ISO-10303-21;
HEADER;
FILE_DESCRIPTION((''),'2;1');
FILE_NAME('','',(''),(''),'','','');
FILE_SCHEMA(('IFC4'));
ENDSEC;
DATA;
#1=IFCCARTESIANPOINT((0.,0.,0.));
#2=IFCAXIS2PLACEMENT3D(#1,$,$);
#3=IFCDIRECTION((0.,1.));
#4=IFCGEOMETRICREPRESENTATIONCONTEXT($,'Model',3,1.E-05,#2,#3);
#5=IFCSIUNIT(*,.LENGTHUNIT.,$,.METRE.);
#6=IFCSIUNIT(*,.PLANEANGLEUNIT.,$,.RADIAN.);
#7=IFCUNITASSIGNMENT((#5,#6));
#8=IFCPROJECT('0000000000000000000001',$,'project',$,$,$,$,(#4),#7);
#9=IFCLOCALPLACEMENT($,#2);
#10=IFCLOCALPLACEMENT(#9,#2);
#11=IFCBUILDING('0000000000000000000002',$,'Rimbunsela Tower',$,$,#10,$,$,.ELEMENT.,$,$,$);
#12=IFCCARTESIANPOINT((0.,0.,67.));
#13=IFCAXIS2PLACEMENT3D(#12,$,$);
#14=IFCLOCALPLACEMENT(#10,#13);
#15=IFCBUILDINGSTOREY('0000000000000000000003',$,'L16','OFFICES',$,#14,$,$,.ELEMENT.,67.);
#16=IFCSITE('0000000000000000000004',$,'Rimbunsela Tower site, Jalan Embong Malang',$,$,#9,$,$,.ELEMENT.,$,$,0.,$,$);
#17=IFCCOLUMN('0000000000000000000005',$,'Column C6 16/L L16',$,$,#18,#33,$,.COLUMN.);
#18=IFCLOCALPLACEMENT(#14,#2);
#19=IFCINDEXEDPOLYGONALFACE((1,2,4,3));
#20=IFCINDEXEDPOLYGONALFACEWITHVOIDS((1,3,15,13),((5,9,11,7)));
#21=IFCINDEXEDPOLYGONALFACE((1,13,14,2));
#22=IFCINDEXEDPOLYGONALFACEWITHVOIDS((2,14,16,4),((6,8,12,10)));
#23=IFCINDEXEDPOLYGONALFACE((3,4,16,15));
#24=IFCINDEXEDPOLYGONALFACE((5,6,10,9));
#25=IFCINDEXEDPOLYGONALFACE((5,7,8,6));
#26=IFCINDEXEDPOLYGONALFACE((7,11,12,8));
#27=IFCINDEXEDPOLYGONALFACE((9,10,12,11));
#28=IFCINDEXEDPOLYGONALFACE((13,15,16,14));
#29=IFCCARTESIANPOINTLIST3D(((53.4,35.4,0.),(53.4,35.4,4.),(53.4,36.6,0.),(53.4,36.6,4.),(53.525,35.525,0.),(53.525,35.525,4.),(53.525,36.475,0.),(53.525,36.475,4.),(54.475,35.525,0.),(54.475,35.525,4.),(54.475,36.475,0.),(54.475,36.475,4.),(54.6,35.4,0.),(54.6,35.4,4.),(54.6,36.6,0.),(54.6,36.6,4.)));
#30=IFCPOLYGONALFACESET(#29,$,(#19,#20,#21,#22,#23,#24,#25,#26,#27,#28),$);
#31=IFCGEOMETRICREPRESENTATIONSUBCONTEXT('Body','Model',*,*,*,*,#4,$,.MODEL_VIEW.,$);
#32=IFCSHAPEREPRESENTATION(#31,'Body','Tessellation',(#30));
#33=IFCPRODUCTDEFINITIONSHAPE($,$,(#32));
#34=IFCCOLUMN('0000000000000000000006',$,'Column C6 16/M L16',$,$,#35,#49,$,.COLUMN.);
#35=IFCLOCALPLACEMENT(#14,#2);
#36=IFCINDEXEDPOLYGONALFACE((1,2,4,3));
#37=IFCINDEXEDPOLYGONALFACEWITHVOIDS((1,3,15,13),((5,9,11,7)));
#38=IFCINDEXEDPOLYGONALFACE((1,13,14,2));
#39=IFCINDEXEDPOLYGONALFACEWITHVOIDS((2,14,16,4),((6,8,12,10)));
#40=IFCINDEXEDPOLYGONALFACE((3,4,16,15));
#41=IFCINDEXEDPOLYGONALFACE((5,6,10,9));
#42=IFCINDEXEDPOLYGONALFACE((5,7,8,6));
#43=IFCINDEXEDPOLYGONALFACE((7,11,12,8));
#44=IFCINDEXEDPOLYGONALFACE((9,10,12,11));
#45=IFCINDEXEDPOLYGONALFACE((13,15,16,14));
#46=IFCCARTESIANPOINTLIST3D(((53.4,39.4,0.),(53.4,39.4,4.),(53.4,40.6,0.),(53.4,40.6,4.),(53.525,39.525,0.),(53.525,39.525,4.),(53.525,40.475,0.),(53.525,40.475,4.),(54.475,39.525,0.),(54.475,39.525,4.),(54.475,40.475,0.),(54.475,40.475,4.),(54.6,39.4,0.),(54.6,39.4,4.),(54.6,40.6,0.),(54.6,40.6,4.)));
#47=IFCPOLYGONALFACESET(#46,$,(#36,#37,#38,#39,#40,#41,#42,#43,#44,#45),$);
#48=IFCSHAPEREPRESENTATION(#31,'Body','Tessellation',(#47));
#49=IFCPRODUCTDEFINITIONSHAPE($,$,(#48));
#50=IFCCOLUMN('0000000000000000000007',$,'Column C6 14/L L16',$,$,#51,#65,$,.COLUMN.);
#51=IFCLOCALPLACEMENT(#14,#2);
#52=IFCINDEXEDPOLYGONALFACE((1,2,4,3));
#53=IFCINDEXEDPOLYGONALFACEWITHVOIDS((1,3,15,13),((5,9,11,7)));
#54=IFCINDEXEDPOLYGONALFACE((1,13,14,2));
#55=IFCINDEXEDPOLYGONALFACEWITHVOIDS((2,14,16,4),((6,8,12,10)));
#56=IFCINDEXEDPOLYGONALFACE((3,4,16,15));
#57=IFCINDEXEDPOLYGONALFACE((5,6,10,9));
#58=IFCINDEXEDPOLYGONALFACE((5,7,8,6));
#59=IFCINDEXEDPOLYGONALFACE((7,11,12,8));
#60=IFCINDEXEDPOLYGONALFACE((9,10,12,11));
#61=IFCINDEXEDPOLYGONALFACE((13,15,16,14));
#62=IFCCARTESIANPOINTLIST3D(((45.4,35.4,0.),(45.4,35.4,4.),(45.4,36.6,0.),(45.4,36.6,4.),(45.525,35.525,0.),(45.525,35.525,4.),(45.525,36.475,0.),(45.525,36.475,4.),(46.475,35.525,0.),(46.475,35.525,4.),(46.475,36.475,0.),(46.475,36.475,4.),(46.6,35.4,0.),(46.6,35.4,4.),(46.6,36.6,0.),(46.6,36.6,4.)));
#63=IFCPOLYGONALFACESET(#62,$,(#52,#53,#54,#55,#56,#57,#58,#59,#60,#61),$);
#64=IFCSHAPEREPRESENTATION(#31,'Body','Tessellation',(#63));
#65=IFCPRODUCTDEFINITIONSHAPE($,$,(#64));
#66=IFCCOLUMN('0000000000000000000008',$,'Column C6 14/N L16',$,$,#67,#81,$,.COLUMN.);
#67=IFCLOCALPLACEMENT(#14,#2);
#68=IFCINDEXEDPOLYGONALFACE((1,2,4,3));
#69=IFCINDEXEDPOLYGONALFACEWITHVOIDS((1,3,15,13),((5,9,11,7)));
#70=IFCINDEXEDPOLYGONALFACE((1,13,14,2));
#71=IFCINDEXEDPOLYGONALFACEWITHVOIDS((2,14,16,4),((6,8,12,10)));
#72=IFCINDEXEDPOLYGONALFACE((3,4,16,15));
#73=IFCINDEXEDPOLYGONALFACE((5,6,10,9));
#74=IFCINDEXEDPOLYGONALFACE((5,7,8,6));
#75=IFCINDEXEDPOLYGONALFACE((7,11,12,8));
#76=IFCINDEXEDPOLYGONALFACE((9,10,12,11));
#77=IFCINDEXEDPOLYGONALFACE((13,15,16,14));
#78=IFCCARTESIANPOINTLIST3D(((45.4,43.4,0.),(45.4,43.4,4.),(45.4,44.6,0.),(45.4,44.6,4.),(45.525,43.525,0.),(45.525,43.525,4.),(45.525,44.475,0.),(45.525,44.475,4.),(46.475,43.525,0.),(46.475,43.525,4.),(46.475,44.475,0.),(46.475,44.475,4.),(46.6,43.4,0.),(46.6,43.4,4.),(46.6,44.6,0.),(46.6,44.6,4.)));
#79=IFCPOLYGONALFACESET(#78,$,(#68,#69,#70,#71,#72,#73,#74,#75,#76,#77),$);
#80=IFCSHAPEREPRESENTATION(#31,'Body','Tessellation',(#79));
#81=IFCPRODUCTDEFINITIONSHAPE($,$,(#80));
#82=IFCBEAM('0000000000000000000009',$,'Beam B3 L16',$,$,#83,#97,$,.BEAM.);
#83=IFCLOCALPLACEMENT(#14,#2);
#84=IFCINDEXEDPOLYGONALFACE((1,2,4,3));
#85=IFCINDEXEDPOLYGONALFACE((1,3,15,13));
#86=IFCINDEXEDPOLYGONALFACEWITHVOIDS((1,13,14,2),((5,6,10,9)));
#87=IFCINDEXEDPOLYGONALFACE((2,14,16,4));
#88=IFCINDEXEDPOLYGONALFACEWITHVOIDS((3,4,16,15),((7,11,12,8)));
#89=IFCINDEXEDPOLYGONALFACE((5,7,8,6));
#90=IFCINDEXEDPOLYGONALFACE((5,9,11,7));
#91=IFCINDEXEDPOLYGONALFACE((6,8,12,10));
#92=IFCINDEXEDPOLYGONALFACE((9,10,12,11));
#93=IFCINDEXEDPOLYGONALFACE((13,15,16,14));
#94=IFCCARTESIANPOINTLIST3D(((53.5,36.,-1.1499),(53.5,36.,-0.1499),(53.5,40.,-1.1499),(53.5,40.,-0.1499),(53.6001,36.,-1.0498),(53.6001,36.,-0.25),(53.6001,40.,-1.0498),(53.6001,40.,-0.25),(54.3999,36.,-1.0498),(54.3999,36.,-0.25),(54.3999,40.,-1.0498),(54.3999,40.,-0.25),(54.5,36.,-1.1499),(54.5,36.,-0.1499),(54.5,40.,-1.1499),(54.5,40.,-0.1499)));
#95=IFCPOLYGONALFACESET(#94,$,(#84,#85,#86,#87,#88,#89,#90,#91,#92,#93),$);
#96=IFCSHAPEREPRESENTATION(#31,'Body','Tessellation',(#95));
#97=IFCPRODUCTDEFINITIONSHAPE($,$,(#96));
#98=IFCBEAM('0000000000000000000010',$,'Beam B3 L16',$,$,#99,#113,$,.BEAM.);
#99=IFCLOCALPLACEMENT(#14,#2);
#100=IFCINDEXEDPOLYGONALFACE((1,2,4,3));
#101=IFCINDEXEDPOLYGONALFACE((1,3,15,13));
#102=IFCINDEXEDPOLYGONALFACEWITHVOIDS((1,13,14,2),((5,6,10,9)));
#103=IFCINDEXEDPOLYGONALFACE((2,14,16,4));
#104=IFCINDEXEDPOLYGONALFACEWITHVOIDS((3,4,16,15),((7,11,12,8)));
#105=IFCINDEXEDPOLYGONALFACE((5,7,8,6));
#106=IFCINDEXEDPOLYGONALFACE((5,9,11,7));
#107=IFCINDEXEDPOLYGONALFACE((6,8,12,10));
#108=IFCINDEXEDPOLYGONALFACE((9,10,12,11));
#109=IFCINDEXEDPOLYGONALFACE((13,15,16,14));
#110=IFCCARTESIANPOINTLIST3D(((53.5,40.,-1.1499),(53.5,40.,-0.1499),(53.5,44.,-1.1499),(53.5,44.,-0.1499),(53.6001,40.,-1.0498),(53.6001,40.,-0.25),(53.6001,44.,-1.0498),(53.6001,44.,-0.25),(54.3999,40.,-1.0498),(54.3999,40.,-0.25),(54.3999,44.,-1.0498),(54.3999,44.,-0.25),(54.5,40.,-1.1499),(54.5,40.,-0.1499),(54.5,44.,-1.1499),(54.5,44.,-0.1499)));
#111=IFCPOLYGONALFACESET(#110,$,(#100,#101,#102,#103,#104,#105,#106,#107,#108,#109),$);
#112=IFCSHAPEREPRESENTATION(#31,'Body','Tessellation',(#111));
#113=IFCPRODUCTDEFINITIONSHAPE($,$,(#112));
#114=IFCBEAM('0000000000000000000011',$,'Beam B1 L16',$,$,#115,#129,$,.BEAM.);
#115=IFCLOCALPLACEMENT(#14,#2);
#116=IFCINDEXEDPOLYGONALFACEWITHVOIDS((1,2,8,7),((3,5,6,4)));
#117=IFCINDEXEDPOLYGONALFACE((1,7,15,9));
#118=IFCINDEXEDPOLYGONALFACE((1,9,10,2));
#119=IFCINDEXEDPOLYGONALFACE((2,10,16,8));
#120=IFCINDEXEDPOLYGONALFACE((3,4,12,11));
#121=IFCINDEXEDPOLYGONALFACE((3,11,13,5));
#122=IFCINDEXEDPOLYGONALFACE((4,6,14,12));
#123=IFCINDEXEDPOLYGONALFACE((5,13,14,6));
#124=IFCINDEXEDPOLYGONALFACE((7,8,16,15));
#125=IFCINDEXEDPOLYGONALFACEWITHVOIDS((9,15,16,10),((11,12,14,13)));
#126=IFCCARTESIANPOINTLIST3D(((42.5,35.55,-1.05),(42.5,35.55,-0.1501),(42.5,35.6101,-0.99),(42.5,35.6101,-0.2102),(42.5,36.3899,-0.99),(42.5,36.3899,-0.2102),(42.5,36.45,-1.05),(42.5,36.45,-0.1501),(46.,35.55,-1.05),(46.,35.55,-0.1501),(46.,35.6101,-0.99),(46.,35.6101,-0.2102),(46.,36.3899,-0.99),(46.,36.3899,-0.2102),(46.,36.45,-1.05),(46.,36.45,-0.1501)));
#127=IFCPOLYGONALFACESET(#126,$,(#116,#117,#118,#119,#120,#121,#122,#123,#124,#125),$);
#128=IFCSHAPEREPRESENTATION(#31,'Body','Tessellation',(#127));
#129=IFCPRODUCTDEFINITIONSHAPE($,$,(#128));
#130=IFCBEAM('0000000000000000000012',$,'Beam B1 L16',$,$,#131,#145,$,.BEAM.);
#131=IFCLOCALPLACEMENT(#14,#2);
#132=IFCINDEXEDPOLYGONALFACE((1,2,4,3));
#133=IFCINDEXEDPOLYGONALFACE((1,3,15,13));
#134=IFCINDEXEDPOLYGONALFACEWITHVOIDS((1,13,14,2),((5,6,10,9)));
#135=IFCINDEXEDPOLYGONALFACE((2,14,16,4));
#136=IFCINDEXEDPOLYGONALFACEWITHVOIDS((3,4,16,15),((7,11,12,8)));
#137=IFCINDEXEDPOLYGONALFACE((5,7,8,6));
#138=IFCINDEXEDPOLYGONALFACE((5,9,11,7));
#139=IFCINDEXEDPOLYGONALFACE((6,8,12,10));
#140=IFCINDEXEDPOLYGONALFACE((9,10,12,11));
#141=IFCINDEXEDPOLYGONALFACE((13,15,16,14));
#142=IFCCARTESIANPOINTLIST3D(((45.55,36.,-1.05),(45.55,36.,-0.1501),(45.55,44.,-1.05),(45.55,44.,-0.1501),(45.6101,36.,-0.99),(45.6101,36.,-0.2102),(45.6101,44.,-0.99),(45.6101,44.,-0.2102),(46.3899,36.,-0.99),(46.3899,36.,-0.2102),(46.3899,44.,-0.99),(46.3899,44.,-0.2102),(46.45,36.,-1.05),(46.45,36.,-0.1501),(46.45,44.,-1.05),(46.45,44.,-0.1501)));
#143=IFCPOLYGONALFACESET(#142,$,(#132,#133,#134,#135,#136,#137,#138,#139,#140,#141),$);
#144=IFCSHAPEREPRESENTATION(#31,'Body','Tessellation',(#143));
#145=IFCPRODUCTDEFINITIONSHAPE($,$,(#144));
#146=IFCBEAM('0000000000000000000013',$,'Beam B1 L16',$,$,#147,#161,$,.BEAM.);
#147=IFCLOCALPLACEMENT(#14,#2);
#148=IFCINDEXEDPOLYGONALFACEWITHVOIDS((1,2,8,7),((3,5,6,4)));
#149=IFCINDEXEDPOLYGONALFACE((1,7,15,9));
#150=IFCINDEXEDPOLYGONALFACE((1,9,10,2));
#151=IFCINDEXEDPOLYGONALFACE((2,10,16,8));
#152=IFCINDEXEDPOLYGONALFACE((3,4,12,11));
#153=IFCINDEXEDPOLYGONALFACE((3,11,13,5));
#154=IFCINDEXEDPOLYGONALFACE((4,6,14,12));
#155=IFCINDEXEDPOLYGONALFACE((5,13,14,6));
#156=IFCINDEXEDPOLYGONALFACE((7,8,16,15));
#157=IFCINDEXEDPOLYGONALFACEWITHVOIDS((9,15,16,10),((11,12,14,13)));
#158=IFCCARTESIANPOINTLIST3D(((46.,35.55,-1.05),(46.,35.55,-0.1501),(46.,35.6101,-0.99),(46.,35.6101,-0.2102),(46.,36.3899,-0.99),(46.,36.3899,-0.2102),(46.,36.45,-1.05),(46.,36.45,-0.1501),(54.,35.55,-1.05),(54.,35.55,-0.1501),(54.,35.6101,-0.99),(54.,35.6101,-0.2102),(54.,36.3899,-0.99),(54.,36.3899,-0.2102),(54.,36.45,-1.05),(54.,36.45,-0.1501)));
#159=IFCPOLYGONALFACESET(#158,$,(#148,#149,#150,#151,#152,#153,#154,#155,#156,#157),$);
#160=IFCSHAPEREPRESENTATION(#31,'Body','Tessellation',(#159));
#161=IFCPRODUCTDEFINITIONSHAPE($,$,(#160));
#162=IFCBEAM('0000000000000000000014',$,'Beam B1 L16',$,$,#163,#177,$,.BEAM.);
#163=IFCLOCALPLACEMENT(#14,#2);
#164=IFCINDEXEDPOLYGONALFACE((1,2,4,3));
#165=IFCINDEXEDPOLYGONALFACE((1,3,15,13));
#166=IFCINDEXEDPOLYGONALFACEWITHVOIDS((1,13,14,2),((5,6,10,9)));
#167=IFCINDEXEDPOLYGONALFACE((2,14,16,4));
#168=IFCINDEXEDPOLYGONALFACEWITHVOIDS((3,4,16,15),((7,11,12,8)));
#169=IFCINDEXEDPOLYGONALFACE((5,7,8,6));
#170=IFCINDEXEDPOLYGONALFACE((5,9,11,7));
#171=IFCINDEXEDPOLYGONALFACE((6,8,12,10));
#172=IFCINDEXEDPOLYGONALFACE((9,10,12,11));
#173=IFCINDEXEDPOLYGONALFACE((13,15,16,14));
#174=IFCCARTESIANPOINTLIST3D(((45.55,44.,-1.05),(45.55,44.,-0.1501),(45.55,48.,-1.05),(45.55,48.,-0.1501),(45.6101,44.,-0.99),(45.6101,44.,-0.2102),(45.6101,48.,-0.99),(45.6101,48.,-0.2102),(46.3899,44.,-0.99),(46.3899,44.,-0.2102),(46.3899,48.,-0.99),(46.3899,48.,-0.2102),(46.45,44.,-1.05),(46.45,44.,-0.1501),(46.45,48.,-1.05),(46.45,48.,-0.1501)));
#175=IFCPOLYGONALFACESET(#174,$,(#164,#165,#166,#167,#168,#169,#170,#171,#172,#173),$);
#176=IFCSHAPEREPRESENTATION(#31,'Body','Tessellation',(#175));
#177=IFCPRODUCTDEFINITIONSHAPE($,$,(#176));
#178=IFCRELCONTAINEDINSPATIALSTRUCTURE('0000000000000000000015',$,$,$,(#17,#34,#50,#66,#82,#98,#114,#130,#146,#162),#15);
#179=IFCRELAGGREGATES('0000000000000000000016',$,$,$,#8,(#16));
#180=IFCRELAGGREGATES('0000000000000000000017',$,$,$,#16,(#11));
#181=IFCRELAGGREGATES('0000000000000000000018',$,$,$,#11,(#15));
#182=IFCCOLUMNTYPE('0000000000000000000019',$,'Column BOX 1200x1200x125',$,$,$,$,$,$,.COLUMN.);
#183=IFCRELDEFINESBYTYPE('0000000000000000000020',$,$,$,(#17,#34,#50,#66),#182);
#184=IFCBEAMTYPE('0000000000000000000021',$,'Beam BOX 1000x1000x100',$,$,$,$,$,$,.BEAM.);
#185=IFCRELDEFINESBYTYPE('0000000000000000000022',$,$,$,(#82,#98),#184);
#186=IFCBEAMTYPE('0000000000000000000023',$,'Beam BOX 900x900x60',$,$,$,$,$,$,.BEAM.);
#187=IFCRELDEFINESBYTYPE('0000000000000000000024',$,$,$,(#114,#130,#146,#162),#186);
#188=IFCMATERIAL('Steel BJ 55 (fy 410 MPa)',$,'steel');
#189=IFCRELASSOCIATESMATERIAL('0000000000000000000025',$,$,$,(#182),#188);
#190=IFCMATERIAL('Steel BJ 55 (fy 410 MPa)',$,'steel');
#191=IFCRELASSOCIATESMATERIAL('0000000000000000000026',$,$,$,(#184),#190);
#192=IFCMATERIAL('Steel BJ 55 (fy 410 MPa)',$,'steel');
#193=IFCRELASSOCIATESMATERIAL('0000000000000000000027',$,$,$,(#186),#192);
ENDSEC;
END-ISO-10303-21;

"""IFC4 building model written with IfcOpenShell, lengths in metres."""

from ifc_helpers import new_model, si_unit, direction, frame, origin, origin_2d, place, context, subcontext, project, spatial, hollow_rectangle, extrude, material, material_profile, profile_set, type_object, element, save


model = new_model("IFC4")

# Units and contexts
model_context = context("Model", 3, precision=1e-05, world=origin(), true_north=direction((0.0, 1.0)))
body_context = subcontext(model_context, "Body", "Model", "MODEL_VIEW")
ifc_project = project(units=[si_unit("LENGTHUNIT", "METRE"), si_unit("PLANEANGLEUNIT", "RADIAN")], contexts=[model_context])

# Site, building, storey
site_placement = place(None, origin())
site = spatial("IfcSite", under=ifc_project, at=site_placement, Name="Rimbunsela Tower site, Jalan Embong Malang", CompositionType="ELEMENT", RefElevation=0.0)
building_placement = place(site_placement, origin())
building = spatial("IfcBuilding", under=site, at=building_placement, Name="Rimbunsela Tower", CompositionType="ELEMENT")
storey_placement = place(building_placement, frame((0.0, 0.0, 67.0)))
storey = spatial("IfcBuildingStorey", under=building, at=storey_placement, Name="L16", Description="OFFICES", CompositionType="ELEMENT", Elevation=67.0)

# Columns
ifc_material_1 = material(Name="Steel BJ 55 (fy 410 MPa)", Category="steel")
ifc_material_profile_1 = material_profile(ifc_material_1, hollow_rectangle(XDim=1.2, YDim=1.2, WallThickness=0.125, at=origin_2d()), Name="BOX 1200x1200x125")
ifc_profile_set_1 = profile_set([ifc_material_profile_1], Name="Steel BJ 55 (fy 410 MPa)")
column_type = type_object("IfcColumnType", Name="Column BOX 1200x1200x125", PredefinedType="COLUMN", material=ifc_profile_set_1)
for number, where, z_axis, x_axis, name in (
    (1, (54.0, 36.0, 0.0), (0.0, 0.0, 1.0), (1.0, 0.0, 0.0), "Column C6 16/L L16"),
    (2, (54.0, 40.0, 0.0), (0.0, 0.0, 1.0), (1.0, 0.0, 0.0), "Column C6 16/M L16"),
    (3, (46.0, 36.0, 0.0), (0.0, 0.0, 1.0), (1.0, 0.0, 0.0), "Column C6 14/L L16"),
    (4, (46.0, 44.0, 0.0), (0.0, 0.0, 1.0), (1.0, 0.0, 0.0), "Column C6 14/N L16"),
):
    element("IfcColumn", number, at=place(storey_placement, frame(where, z_axis=z_axis, x_axis=x_axis)), inside=storey, type_object=column_type, Name=name, PredefinedType="COLUMN", context=body_context, shape_type="SweptSolid", body=[
        extrude(hollow_rectangle(XDim=1.2, YDim=1.2, WallThickness=0.125, at=origin_2d()), origin(), (0.0, 0.0, 1.0), 4.0),
    ])

# Beams
ifc_material_2 = material(Name="Steel BJ 55 (fy 410 MPa)", Category="steel")
ifc_material_profile_2 = material_profile(ifc_material_2, hollow_rectangle(XDim=1.0, YDim=1.0, WallThickness=0.1001, at=origin_2d()), Name="BOX 1000x1000x100")
ifc_profile_set_2 = profile_set([ifc_material_profile_2], Name="Steel BJ 55 (fy 410 MPa)")
beam_type_1 = type_object("IfcBeamType", Name="Beam BOX 1000x1000x100", PredefinedType="BEAM", material=ifc_profile_set_2)
for number, where, z_axis, x_axis, name in (
    (5, (54.0, 36.0, -0.6499), (0.0, 1.0, 0.0), (-1.0, 0.0, 0.0), "Beam B3 L16"),
    (6, (54.0, 40.0, -0.6499), (0.0, 1.0, 0.0), (-1.0, 0.0, 0.0), "Beam B3 L16"),
):
    element("IfcBeam", number, at=place(storey_placement, frame(where, z_axis=z_axis, x_axis=x_axis)), inside=storey, type_object=beam_type_1, Name=name, PredefinedType="BEAM", context=body_context, shape_type="SweptSolid", body=[
        extrude(hollow_rectangle(XDim=1.0, YDim=1.0, WallThickness=0.1001, at=origin_2d()), origin(), (0.0, 0.0, 1.0), 4.0),
    ])
ifc_material_3 = material(Name="Steel BJ 55 (fy 410 MPa)", Category="steel")
ifc_material_profile_3 = material_profile(ifc_material_3, hollow_rectangle(XDim=0.8999, YDim=0.8999, WallThickness=0.0601, at=origin_2d()), Name="BOX 900x900x60")
ifc_profile_set_3 = profile_set([ifc_material_profile_3], Name="Steel BJ 55 (fy 410 MPa)")
beam_type_2 = type_object("IfcBeamType", Name="Beam BOX 900x900x60", PredefinedType="BEAM", material=ifc_profile_set_3)
beam_1_placement = place(storey_placement, frame((42.5, 36.0, -0.6001), z_axis=(1.0, 0.0, 0.0), x_axis=(0.0, 1.0, 0.0)))
element("IfcBeam", 7, at=beam_1_placement, inside=storey, type_object=beam_type_2, Name="Beam B1 L16", PredefinedType="BEAM", context=body_context, shape_type="SweptSolid", body=[
    extrude(hollow_rectangle(XDim=0.8999, YDim=0.8999, WallThickness=0.0601, at=origin_2d()), origin(), (0.0, 0.0, 1.0), 3.5),
])
for number, where, z_axis, x_axis, name in (
    (8, (46.0, 36.0, -0.6001), (0.0, 1.0, 0.0), (-1.0, 0.0, 0.0), "Beam B1 L16"),
    (9, (46.0, 36.0, -0.6001), (1.0, 0.0, 0.0), (0.0, 1.0, 0.0), "Beam B1 L16"),
):
    element("IfcBeam", number, at=place(storey_placement, frame(where, z_axis=z_axis, x_axis=x_axis)), inside=storey, type_object=beam_type_2, Name=name, PredefinedType="BEAM", context=body_context, shape_type="SweptSolid", body=[
        extrude(hollow_rectangle(XDim=0.8999, YDim=0.8999, WallThickness=0.0601, at=origin_2d()), origin(), (0.0, 0.0, 1.0), 8.0),
    ])
beam_2_placement = place(storey_placement, frame((46.0, 44.0, -0.6001), z_axis=(0.0, 1.0, 0.0), x_axis=(-1.0, 0.0, 0.0)))
element("IfcBeam", 10, at=beam_2_placement, inside=storey, type_object=beam_type_2, Name="Beam B1 L16", PredefinedType="BEAM", context=body_context, shape_type="SweptSolid", body=[
    extrude(hollow_rectangle(XDim=0.8999, YDim=0.8999, WallThickness=0.0601, at=origin_2d()), origin(), (0.0, 0.0, 1.0), 4.0),
])

save(model, "model.ifc")
